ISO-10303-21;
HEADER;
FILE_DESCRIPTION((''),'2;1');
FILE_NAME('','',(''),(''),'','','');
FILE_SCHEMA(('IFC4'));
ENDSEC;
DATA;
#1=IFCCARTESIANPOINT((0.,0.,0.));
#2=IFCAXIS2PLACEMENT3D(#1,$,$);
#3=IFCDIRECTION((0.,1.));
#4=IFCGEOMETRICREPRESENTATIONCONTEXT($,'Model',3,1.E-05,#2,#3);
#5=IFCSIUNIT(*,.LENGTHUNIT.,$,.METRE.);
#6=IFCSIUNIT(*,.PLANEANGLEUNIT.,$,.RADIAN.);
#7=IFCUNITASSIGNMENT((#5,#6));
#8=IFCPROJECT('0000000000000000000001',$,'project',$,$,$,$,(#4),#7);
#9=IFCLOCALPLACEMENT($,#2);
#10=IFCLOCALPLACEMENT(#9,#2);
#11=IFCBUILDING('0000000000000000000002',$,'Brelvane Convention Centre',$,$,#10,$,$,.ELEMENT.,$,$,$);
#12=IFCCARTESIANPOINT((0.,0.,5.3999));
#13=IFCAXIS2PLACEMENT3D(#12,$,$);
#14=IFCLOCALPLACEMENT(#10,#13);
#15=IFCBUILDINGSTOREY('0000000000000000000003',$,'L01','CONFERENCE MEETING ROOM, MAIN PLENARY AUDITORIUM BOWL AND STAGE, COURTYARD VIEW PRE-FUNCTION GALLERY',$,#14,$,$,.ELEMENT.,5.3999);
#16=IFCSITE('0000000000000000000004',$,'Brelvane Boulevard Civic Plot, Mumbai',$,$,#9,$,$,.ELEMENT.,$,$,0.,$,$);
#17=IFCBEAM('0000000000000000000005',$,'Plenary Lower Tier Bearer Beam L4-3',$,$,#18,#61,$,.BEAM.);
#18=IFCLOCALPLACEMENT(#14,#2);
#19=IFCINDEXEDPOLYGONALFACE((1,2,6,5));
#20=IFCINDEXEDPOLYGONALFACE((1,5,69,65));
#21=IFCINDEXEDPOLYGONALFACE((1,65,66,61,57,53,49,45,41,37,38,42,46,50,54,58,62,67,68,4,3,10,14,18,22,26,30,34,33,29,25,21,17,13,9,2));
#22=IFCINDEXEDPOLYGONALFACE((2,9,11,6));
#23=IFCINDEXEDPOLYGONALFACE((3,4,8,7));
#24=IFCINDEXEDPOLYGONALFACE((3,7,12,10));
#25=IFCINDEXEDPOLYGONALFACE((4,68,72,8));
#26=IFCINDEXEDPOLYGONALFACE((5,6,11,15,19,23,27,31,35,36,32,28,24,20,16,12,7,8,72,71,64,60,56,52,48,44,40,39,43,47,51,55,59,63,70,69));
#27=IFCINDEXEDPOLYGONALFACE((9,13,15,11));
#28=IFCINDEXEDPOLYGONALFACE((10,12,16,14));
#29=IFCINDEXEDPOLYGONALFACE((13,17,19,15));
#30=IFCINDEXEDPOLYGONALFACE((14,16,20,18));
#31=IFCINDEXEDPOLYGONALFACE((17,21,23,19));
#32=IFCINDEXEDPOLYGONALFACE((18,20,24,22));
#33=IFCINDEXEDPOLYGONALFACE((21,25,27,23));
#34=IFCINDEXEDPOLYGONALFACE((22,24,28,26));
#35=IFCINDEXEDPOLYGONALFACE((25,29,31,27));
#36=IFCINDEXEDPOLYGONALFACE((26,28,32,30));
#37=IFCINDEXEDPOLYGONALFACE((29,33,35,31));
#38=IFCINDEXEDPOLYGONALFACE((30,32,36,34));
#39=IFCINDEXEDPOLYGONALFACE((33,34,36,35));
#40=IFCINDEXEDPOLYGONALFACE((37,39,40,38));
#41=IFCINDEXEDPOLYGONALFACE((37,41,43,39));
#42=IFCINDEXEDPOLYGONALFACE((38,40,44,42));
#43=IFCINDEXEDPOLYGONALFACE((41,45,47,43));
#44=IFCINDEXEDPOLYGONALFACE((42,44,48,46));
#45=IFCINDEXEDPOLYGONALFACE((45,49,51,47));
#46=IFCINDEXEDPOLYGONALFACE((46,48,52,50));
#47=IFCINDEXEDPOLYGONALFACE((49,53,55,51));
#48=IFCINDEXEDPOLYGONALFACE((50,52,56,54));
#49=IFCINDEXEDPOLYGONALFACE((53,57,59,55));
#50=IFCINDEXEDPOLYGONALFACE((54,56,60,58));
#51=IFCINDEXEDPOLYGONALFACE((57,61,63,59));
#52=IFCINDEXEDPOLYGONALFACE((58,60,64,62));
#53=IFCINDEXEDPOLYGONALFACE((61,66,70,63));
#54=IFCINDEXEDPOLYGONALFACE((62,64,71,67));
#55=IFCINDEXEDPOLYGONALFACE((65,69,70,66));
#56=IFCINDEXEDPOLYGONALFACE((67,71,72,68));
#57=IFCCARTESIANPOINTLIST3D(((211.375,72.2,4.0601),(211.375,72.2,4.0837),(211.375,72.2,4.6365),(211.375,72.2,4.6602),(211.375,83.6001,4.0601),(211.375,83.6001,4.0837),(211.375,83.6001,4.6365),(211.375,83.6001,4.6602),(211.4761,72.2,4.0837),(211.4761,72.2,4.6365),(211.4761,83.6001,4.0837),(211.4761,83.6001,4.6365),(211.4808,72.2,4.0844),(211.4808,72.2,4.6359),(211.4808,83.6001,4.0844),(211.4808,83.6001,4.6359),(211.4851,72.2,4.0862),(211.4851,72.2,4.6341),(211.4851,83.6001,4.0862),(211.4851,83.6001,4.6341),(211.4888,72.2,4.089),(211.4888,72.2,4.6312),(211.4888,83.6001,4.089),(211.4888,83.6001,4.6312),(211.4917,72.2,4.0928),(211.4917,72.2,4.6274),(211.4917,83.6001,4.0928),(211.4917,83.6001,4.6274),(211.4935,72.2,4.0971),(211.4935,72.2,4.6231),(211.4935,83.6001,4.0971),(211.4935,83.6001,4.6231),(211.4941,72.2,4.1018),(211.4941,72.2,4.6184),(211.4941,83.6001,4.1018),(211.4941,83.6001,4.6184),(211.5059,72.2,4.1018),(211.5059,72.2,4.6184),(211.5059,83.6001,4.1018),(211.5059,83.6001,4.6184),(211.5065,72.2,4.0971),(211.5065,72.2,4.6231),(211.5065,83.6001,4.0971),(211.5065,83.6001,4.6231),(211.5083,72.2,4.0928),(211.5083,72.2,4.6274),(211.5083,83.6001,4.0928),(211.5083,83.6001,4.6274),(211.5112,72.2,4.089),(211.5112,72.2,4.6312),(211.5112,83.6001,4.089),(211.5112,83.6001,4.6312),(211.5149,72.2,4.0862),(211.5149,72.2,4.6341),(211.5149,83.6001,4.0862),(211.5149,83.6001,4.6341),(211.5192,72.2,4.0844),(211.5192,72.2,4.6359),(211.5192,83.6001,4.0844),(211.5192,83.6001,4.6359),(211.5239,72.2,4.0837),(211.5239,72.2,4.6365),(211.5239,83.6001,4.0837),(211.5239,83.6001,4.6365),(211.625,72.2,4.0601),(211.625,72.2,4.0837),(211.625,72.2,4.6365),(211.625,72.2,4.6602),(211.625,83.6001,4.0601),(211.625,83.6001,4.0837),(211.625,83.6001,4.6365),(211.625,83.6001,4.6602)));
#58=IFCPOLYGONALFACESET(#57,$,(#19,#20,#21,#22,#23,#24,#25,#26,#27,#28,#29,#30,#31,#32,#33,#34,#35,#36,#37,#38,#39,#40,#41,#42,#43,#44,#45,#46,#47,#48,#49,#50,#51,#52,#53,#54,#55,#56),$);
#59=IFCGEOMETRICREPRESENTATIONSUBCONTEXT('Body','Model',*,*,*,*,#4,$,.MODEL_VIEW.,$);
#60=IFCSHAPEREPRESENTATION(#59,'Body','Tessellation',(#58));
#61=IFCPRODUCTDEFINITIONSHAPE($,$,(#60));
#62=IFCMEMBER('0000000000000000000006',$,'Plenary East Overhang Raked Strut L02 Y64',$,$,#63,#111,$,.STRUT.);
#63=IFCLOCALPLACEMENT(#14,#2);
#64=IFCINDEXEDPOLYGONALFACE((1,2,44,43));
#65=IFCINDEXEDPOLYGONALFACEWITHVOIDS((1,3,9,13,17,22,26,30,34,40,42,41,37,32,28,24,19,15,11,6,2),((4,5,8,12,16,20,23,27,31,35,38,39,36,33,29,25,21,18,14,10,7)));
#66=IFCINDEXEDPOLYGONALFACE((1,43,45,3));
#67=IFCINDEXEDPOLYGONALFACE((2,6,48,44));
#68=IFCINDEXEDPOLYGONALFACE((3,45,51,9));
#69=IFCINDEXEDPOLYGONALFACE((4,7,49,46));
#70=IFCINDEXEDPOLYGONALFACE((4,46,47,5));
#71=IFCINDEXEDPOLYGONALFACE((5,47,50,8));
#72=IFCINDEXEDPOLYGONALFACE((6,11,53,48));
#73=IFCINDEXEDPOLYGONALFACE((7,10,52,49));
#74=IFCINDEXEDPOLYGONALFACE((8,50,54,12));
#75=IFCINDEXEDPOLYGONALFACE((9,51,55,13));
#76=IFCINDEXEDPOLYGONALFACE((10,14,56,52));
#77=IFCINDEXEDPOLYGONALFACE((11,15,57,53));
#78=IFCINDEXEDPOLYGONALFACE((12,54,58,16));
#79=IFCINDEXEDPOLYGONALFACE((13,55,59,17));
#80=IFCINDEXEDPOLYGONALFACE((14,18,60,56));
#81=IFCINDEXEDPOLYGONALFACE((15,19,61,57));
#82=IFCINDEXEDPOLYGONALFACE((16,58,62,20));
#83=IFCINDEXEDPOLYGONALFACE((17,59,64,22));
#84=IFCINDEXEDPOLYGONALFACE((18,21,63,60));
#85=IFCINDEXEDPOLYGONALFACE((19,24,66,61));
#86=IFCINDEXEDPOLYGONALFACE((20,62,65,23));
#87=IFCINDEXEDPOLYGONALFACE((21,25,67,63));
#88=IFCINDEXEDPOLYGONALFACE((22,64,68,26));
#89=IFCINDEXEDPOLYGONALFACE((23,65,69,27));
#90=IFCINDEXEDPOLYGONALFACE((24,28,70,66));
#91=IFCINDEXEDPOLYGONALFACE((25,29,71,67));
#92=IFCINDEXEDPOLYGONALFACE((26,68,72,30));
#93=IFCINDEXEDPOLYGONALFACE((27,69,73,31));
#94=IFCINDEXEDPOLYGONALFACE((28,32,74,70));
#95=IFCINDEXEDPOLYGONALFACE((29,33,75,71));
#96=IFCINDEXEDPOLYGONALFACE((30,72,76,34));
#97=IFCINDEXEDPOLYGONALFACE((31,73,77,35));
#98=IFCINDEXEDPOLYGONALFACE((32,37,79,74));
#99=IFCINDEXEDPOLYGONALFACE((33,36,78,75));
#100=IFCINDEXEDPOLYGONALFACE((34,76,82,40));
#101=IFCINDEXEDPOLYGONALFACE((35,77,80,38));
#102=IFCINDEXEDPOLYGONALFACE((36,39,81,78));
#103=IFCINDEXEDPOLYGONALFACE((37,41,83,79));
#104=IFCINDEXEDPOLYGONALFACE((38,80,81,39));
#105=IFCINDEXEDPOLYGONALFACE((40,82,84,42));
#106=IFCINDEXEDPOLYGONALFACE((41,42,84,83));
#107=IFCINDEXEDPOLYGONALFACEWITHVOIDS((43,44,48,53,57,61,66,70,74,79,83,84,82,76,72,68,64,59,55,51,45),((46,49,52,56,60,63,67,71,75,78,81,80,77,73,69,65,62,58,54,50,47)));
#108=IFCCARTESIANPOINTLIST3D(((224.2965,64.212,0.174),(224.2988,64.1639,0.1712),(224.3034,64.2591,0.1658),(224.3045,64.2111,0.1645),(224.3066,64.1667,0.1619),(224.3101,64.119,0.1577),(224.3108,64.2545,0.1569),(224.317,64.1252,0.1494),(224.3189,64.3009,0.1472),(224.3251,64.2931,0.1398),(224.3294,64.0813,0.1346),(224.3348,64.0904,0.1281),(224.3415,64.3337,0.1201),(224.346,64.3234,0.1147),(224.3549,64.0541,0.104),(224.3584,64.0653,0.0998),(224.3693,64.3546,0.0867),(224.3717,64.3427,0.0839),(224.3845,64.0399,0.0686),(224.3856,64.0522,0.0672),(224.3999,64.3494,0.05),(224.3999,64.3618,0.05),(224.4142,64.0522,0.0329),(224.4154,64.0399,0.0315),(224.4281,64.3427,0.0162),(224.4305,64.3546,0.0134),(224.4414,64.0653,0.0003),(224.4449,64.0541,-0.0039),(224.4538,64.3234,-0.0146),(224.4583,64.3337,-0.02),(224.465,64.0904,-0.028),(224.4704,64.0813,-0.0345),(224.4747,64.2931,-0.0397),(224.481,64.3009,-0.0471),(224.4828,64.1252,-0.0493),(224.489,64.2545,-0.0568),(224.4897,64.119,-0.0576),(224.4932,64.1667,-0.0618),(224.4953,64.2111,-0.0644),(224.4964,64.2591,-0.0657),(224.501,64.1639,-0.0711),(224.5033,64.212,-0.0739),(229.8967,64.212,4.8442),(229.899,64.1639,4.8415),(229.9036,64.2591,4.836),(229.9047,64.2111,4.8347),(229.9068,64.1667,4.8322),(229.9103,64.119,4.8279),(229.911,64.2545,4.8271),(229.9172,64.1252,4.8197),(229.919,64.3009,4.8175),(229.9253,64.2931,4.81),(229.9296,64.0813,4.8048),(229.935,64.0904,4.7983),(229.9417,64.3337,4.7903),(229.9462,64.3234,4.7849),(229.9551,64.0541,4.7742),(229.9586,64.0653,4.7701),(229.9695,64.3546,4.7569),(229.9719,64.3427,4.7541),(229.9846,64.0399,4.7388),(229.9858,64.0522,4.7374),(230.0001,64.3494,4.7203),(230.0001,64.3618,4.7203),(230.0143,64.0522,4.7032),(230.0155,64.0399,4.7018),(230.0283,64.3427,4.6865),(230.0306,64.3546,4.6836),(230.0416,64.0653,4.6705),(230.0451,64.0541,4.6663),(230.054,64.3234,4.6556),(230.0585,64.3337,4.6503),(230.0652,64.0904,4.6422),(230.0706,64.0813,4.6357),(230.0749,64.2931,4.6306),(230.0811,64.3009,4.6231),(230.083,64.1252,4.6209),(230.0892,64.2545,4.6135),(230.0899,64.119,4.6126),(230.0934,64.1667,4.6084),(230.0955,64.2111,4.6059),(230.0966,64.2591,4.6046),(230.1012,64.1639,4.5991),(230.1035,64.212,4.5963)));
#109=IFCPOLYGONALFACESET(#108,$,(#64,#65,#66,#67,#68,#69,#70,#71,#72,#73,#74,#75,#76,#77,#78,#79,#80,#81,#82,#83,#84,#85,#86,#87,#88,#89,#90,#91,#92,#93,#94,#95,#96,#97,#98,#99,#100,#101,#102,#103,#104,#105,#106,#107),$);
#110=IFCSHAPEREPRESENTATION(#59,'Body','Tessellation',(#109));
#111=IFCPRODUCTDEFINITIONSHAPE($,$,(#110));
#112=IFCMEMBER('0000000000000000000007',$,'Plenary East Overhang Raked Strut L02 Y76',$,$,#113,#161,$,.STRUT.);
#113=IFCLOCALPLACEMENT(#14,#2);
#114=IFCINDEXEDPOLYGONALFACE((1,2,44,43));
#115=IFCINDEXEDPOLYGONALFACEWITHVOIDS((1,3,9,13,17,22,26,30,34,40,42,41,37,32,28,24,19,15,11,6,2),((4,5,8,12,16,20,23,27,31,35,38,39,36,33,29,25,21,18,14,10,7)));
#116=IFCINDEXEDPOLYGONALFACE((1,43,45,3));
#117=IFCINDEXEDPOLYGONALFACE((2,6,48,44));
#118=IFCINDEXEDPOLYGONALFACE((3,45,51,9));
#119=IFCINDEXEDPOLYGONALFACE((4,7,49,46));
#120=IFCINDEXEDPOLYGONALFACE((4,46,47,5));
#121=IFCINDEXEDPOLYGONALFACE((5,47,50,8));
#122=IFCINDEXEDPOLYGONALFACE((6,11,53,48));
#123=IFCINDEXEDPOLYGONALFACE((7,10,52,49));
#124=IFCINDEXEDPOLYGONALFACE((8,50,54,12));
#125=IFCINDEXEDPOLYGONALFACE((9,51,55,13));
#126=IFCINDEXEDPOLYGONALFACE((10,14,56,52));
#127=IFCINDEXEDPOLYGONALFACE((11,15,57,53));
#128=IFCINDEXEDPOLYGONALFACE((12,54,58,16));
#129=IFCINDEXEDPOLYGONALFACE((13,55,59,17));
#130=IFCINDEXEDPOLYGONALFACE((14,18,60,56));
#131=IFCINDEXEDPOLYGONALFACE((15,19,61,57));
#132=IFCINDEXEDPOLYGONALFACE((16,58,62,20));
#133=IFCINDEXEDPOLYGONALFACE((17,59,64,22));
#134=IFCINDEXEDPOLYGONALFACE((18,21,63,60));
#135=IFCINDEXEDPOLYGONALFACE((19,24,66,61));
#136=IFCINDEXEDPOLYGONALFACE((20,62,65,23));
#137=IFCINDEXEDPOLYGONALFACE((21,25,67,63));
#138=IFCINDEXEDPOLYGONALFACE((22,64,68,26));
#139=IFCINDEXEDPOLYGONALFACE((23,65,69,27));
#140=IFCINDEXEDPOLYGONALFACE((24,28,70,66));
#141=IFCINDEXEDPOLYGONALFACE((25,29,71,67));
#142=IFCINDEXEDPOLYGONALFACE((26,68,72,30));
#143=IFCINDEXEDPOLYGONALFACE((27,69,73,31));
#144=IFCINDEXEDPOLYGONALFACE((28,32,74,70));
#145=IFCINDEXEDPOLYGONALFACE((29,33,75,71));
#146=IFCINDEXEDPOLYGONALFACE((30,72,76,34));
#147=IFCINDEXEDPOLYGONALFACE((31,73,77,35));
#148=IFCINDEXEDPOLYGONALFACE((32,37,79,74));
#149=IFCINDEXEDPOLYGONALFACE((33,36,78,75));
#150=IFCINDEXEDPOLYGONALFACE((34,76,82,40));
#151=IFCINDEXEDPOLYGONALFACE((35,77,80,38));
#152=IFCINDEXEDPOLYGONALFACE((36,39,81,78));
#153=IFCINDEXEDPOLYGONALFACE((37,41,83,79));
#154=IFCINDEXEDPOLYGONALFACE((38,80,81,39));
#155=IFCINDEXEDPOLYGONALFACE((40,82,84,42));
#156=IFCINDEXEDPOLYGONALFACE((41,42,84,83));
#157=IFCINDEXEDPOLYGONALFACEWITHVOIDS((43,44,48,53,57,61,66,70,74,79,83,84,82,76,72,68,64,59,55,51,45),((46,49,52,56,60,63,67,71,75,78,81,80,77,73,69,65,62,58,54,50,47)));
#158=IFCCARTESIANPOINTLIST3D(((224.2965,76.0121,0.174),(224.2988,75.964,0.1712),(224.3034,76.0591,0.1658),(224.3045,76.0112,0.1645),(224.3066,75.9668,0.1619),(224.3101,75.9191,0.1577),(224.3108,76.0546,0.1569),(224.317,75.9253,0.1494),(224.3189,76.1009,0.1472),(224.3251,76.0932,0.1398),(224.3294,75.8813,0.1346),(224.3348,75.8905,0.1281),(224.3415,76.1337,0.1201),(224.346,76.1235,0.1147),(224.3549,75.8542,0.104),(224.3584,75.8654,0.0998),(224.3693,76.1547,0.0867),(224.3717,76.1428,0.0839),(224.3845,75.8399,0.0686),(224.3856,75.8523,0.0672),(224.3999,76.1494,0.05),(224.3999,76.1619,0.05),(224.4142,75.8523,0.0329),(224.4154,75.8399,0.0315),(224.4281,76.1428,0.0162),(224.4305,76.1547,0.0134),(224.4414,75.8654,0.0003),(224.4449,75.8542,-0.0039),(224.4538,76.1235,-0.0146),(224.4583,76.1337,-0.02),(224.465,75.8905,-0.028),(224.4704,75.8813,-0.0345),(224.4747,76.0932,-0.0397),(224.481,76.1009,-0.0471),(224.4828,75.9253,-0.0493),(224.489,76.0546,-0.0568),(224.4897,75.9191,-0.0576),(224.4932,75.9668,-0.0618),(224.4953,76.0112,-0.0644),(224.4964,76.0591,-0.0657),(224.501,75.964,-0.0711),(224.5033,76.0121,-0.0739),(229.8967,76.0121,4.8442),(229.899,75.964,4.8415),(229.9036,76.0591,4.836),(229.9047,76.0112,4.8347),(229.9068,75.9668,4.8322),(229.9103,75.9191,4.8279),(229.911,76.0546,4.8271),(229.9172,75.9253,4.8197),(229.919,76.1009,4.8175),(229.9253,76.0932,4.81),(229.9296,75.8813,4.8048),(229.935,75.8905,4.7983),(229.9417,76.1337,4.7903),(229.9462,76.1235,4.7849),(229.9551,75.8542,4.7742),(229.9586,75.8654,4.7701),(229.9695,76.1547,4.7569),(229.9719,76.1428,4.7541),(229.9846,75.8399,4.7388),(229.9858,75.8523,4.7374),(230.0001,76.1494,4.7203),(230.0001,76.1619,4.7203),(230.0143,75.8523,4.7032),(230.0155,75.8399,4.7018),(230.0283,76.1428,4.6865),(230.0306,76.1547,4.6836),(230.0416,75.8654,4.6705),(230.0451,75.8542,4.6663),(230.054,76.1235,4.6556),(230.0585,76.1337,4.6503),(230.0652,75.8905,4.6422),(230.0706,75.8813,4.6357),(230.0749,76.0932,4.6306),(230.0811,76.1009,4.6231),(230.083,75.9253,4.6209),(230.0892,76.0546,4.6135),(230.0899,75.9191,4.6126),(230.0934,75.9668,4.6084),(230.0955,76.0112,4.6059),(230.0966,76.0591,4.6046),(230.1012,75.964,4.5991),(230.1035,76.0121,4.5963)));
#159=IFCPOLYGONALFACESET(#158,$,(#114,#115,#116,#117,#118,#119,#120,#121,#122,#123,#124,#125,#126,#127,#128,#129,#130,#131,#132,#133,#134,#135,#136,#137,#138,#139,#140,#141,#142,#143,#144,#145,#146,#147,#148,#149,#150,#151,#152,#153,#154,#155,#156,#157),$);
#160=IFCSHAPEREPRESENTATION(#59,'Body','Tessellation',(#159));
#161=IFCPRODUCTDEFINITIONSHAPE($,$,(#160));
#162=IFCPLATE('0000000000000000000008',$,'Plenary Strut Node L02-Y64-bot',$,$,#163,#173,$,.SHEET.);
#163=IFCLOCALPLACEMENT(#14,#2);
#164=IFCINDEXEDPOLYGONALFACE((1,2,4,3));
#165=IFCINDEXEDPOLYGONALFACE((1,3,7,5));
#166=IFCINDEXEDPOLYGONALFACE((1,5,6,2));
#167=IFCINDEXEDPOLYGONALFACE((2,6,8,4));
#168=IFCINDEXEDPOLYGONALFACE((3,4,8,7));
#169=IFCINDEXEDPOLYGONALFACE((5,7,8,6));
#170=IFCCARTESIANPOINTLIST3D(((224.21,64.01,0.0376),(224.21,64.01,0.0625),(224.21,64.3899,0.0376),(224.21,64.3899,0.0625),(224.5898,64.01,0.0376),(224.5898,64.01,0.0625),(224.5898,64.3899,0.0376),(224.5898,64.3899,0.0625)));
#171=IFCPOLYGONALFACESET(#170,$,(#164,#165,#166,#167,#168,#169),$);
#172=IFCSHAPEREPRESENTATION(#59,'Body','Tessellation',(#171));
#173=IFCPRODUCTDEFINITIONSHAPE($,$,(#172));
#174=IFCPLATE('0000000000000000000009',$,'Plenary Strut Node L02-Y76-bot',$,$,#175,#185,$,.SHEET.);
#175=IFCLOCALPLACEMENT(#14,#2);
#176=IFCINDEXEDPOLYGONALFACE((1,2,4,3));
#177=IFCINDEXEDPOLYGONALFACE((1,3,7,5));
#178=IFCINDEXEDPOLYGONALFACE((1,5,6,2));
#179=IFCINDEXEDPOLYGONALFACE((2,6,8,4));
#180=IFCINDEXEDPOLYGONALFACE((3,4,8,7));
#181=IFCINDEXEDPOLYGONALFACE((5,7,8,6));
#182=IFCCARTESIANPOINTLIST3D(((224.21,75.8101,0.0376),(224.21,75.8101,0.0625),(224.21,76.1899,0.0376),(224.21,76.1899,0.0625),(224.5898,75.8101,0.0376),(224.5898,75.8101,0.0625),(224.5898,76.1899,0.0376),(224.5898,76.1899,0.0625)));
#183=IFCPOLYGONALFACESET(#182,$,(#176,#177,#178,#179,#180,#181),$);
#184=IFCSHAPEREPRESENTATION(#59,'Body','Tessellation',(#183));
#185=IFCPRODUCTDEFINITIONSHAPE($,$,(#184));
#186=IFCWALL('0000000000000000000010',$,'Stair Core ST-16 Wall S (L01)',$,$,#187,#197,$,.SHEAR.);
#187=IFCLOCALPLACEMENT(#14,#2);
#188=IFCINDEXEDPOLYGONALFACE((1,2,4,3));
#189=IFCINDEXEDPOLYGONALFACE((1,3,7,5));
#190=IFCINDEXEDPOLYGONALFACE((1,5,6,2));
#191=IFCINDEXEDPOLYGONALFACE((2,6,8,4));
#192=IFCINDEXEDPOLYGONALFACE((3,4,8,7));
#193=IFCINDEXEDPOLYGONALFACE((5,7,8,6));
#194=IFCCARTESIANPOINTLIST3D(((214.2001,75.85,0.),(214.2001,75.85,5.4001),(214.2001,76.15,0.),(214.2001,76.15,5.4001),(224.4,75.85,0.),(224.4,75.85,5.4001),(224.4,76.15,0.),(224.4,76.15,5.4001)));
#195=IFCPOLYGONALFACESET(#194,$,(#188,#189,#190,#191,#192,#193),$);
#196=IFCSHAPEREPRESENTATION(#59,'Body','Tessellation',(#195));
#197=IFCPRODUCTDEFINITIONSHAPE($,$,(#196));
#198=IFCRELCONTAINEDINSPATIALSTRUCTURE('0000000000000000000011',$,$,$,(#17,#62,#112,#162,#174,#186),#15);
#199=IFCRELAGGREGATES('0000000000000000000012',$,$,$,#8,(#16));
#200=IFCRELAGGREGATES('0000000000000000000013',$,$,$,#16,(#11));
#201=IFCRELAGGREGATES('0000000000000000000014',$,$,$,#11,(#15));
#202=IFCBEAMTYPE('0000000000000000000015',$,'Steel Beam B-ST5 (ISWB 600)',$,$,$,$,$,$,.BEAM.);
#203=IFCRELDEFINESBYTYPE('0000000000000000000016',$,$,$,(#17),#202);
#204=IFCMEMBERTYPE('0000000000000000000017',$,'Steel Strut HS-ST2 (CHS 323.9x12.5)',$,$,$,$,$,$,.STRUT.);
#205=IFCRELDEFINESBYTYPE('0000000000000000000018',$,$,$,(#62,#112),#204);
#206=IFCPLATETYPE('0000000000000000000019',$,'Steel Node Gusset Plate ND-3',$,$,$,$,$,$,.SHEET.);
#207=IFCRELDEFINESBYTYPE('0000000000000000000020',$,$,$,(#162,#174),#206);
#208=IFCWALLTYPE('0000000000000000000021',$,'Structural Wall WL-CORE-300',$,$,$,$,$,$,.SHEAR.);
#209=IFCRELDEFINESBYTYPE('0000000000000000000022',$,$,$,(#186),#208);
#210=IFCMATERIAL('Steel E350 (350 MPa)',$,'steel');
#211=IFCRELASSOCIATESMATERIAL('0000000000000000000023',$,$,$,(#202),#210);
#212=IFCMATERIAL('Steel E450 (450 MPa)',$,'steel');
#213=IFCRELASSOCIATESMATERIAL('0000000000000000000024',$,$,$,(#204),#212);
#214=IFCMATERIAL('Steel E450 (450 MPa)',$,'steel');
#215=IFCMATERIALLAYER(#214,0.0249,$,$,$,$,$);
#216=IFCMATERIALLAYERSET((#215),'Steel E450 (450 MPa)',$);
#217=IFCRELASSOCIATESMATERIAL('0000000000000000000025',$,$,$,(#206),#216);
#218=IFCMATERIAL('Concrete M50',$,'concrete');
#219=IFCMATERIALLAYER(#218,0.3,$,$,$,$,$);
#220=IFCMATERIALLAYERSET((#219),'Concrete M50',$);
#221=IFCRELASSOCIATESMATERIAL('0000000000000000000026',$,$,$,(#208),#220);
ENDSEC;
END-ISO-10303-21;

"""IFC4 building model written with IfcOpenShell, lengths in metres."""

from ifc_helpers import new_model, si_unit, direction, frame, frame_2d, origin, origin_2d, place, context, subcontext, project, spatial, rectangle, hollow_circle, i_section, extrude, material, layer, layer_set, material_profile, profile_set, type_object, element, save


model = new_model("IFC4")

# Units and contexts
model_context = context("Model", 3, precision=1e-05, world=origin(), true_north=direction((0.0, 1.0)))
body_context = subcontext(model_context, "Body", "Model", "MODEL_VIEW")
ifc_project = project(units=[si_unit("LENGTHUNIT", "METRE"), si_unit("PLANEANGLEUNIT", "RADIAN")], contexts=[model_context])

# Site, building, storey
site_placement = place(None, origin())
site = spatial("IfcSite", under=ifc_project, at=site_placement, Name="Brelvane Boulevard Civic Plot, Mumbai", CompositionType="ELEMENT", RefElevation=0.0)
building_placement = place(site_placement, origin())
building = spatial("IfcBuilding", under=site, at=building_placement, Name="Brelvane Convention Centre", CompositionType="ELEMENT")
storey_placement = place(building_placement, frame((0.0, 0.0, 5.3999)))
storey = spatial("IfcBuildingStorey", under=building, at=storey_placement, Name="L01", Description="CONFERENCE MEETING ROOM, MAIN PLENARY AUDITORIUM BOWL AND STAGE, COURTYARD VIEW PRE-FUNCTION GALLERY", CompositionType="ELEMENT", Elevation=5.3999)

# Beam
ifc_material_1 = material(Name="Steel E350 (350 MPa)", Category="steel")
ifc_material_profile_1 = material_profile(ifc_material_1, i_section(OverallWidth=0.25, OverallDepth=0.6001, WebThickness=0.0117, FlangeThickness=0.0237, FilletRadius=0.0181, at=origin_2d()), Name="ISWB 600")
ifc_profile_set_1 = profile_set([ifc_material_profile_1], Name="Steel E350 (350 MPa)")
beam_type_1 = type_object("IfcBeamType", Name="Steel Beam B-ST5 (ISWB 600)", PredefinedType="BEAM", material=ifc_profile_set_1)
beam_1_placement = place(storey_placement, frame((211.5, 72.2, 4.3601), z_axis=(0.0, 1.0, 0.0), x_axis=(-1.0, 0.0, 0.0)))
element("IfcBeam", 1, at=beam_1_placement, inside=storey, type_object=beam_type_1, Name="Plenary Lower Tier Bearer Beam L4-3", PredefinedType="BEAM", context=body_context, shape_type="SweptSolid", body=[
    extrude(i_section(OverallWidth=0.25, OverallDepth=0.6001, WebThickness=0.0117, FlangeThickness=0.0237, FilletRadius=0.0181, at=origin_2d()), origin(), (0.0, 0.0, 1.0), 11.4001),
])

# Members
ifc_material_2 = material(Name="Steel E450 (450 MPa)", Category="steel")
ifc_material_profile_2 = material_profile(ifc_material_2, hollow_circle(Radius=0.1619, WallThickness=0.0125, at=origin_2d()), Name="CHS 323.9x12.5")
ifc_profile_set_2 = profile_set([ifc_material_profile_2], Name="Steel E450 (450 MPa)")
member_type_1 = type_object("IfcMemberType", Name="Steel Strut HS-ST2 (CHS 323.9x12.5)", PredefinedType="STRUT", material=ifc_profile_set_2)
for number, where, z_axis, x_axis, name in (
    (2, (224.3999, 64.2, 0.05), (0.767991, 0.0, 0.640461), (0.0, 1.0, 0.0), "Plenary East Overhang Raked Strut L02 Y64"),
    (3, (224.3999, 76.0, 0.05), (0.767991, 0.0, 0.640461), (0.0, 1.0, 0.0), "Plenary East Overhang Raked Strut L02 Y76"),
):
    element("IfcMember", number, at=place(storey_placement, frame(where, z_axis=z_axis, x_axis=x_axis)), inside=storey, type_object=member_type_1, Name=name, PredefinedType="STRUT", context=body_context, shape_type="SweptSolid", body=[
        extrude(hollow_circle(Radius=0.1619, WallThickness=0.0125, at=origin_2d()), origin(), (0.0, 0.0, 1.0), 7.292),
    ])

# Plates
ifc_material_3 = material(Name="Steel E450 (450 MPa)", Category="steel")
ifc_layer_1 = layer(ifc_material_3, 0.0249)
ifc_layer_set_1 = layer_set([ifc_layer_1], Name="Steel E450 (450 MPa)")
plate_type = type_object("IfcPlateType", Name="Steel Node Gusset Plate ND-3", PredefinedType="SHEET", material=ifc_layer_set_1)
for number, where, z_axis, x_axis, name in (
    (4, (224.3999, 64.2, 0.0376), (0.0, 0.0, 1.0), (1.0, 0.0, 0.0), "Plenary Strut Node L02-Y64-bot"),
    (5, (224.3999, 76.0, 0.0376), (0.0, 0.0, 1.0), (1.0, 0.0, 0.0), "Plenary Strut Node L02-Y76-bot"),
):
    element("IfcPlate", number, at=place(storey_placement, frame(where, z_axis=z_axis, x_axis=x_axis)), inside=storey, type_object=plate_type, Name=name, PredefinedType="SHEET", context=body_context, shape_type="SweptSolid", body=[
        extrude(rectangle(XDim=0.3799, YDim=0.3799, at=origin_2d()), origin(), (0.0, 0.0, 1.0), 0.0249),
    ])

# Wall
ifc_material_4 = material(Name="Concrete M50", Category="concrete")
ifc_layer_2 = layer(ifc_material_4, 0.3)
ifc_layer_set_2 = layer_set([ifc_layer_2], Name="Concrete M50")
wall_type = type_object("IfcWallType", Name="Structural Wall WL-CORE-300", PredefinedType="SHEAR", material=ifc_layer_set_2)
wall_1_placement = place(storey_placement, frame((214.2, 76.0, 0.0), z_axis=(0.0, 0.0, 1.0), x_axis=(1.0, 0.0, 0.0)))
element("IfcWall", 6, at=wall_1_placement, inside=storey, type_object=wall_type, Name="Stair Core ST-16 Wall S (L01)", PredefinedType="SHEAR", context=body_context, shape_type="SweptSolid", body=[
    extrude(rectangle(XDim=10.2, YDim=0.3, at=frame_2d((5.1001, 0.0))), origin(), (0.0, 0.0, 1.0), 5.4001),
])

save(model, "model.ifc")
